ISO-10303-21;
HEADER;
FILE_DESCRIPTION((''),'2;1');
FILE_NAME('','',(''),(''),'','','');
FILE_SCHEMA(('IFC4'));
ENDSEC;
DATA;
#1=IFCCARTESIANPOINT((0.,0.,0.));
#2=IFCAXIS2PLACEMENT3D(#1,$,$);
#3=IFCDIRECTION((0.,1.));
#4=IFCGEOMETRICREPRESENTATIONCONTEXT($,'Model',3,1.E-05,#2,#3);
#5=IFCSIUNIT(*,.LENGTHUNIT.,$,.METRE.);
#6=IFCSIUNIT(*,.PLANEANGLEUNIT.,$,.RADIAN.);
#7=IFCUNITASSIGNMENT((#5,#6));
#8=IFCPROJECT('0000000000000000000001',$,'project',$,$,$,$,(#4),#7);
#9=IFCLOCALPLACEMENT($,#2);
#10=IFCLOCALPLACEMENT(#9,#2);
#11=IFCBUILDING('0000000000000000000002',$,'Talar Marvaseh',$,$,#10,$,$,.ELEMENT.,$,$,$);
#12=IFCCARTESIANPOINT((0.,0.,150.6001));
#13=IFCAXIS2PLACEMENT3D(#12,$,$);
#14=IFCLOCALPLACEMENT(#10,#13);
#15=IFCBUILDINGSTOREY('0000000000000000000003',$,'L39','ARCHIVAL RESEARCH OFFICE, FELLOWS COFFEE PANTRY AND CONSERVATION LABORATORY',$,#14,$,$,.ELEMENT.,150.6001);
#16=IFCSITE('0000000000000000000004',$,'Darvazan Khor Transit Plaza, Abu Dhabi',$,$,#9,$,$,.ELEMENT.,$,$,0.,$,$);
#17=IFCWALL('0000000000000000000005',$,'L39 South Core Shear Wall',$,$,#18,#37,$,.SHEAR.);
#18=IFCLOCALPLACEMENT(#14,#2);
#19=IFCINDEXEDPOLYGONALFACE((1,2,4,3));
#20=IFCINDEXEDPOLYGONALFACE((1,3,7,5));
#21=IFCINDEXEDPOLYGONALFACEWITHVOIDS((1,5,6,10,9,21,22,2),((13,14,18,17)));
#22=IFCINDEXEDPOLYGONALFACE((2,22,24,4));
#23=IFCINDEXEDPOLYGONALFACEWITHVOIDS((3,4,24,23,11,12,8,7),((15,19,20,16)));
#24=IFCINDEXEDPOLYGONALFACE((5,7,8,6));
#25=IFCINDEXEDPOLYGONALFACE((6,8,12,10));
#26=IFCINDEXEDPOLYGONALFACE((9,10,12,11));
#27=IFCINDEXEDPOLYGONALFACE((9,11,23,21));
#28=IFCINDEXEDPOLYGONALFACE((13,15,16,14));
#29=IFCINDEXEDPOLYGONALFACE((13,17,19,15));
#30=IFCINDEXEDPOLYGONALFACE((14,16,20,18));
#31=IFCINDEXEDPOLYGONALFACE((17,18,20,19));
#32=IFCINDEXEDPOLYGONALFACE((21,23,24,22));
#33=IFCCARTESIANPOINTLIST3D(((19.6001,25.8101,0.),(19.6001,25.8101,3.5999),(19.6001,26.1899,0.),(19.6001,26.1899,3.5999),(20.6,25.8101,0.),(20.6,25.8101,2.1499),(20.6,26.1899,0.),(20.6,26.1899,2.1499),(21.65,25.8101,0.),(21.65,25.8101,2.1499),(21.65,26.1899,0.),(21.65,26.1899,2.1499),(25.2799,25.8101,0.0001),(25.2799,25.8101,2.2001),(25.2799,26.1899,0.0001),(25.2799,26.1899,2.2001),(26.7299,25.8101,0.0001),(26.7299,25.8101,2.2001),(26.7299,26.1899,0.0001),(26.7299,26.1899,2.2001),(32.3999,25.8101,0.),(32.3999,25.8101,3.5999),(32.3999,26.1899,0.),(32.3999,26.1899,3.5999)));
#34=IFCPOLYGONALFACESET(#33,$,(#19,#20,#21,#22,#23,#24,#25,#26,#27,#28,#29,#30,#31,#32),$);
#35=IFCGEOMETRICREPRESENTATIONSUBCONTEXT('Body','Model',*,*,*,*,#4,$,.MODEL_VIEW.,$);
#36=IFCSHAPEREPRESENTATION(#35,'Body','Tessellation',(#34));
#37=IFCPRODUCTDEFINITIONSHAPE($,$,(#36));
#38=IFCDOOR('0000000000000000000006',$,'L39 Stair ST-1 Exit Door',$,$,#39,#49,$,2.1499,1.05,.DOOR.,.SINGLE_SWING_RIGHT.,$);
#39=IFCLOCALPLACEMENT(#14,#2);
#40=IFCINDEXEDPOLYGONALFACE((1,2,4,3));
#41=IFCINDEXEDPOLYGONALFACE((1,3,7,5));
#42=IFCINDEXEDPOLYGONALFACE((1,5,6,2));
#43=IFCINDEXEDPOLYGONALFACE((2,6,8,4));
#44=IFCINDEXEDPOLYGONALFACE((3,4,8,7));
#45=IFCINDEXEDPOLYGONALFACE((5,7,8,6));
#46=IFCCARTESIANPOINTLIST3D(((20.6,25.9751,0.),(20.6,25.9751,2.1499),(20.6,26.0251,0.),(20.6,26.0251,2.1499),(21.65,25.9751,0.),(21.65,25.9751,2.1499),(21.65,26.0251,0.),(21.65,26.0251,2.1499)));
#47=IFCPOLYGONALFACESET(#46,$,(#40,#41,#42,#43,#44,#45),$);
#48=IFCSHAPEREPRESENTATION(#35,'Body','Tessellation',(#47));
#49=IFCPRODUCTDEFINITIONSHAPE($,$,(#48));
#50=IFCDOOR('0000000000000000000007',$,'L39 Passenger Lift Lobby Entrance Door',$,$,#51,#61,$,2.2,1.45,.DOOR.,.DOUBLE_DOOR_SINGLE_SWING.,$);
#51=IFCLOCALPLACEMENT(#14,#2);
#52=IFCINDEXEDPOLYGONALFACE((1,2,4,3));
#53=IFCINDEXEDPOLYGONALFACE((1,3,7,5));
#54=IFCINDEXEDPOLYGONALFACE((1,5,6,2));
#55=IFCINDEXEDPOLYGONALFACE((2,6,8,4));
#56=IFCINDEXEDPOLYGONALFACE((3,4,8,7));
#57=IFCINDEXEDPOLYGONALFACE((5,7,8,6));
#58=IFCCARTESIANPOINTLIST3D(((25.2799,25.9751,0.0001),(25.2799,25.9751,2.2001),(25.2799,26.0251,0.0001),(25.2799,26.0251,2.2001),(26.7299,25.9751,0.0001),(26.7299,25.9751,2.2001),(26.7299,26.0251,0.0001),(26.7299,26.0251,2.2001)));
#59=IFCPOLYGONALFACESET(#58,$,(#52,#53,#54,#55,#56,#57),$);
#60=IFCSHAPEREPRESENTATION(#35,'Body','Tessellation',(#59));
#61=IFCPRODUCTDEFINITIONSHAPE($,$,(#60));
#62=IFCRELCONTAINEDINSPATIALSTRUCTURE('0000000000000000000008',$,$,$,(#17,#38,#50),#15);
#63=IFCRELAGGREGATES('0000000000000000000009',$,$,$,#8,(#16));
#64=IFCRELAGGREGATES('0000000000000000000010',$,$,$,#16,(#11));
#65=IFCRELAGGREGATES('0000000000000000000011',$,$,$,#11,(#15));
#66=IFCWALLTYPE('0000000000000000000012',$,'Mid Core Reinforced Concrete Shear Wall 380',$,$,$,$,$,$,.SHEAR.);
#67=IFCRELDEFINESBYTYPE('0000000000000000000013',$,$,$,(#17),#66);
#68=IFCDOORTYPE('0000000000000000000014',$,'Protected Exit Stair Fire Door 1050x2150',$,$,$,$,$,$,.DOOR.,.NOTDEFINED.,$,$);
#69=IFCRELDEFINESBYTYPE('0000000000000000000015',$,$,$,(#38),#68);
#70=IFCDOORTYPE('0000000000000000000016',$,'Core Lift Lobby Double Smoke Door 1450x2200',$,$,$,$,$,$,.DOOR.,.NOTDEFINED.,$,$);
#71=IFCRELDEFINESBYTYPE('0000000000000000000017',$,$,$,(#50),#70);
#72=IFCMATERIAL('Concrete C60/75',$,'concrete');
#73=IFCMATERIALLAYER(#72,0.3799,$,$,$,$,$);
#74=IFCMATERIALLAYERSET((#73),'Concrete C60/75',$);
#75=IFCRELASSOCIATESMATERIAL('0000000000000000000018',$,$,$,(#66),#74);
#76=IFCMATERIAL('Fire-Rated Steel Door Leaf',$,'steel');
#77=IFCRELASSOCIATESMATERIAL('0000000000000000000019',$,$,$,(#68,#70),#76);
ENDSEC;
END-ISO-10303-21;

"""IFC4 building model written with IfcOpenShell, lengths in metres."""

from ifc_helpers import new_model, si_unit, direction, frame, frame_2d, origin, place, context, subcontext, project, spatial, rectangle, extrude, source, transform, mapped, material, layer, layer_set, type_object, type_shapes, element, fill, save


model = new_model("IFC4")

# Units and contexts
model_context = context("Model", 3, precision=1e-05, world=origin(), true_north=direction((0.0, 1.0)))
body_context = subcontext(model_context, "Body", "Model", "MODEL_VIEW")
ifc_project = project(units=[si_unit("LENGTHUNIT", "METRE"), si_unit("PLANEANGLEUNIT", "RADIAN")], contexts=[model_context])

# Site, building, storey
site_placement = place(None, origin())
site = spatial("IfcSite", under=ifc_project, at=site_placement, Name="Darvazan Khor Transit Plaza, Abu Dhabi", CompositionType="ELEMENT", RefElevation=0.0)
building_placement = place(site_placement, origin())
building = spatial("IfcBuilding", under=site, at=building_placement, Name="Talar Marvaseh", CompositionType="ELEMENT")
storey_placement = place(building_placement, frame((0.0, 0.0, 150.6001)))
storey = spatial("IfcBuildingStorey", under=building, at=storey_placement, Name="L39", Description="ARCHIVAL RESEARCH OFFICE, FELLOWS COFFEE PANTRY AND CONSERVATION LABORATORY", CompositionType="ELEMENT", Elevation=150.6001)

# Shared definitions
ifc_material_1 = material(Name="Concrete C60/75", Category="concrete")

# Wall, openings, doors
ifc_layer_1 = layer(ifc_material_1, 0.3799)
ifc_layer_set_1 = layer_set([ifc_layer_1], Name="Concrete C60/75")
wall_type_1 = type_object("IfcWallType", Name="Mid Core Reinforced Concrete Shear Wall 380", PredefinedType="SHEAR", material=ifc_layer_set_1)
wall_1_placement = place(storey_placement, frame((32.3999, 26.0, 0.0), z_axis=(0.0, 0.0, 1.0), x_axis=(-1.0, 0.0, 0.0)))
wall_1 = element("IfcWall", 1, at=wall_1_placement, inside=storey, type_object=wall_type_1, Name="L39 South Core Shear Wall", PredefinedType="SHEAR", context=body_context, shape_type="SweptSolid", body=[
    extrude(rectangle(XDim=12.7998, YDim=0.3799, at=frame_2d((6.3999, 0.0))), origin(), (0.0, 0.0, 1.0), 3.5999),
])
opening_1_placement = place(wall_1_placement, frame((10.75, 0.0, 0.0)))
opening_1 = element("IfcOpeningElement", 2, at=opening_1_placement, cuts=wall_1, PredefinedType="OPENING", context=body_context, shape_type="SweptSolid", body=[
    extrude(rectangle(XDim=1.05, YDim=2.1499, at=frame_2d((0.5249, 1.075))), frame((0.0, 0.2, 0.0), z_axis=(0.0, -1.0, 0.0), x_axis=(1.0, 0.0, 0.0)), (0.0, 0.0, 1.0), 0.3999),
])
opening_2_placement = place(wall_1_placement, frame((5.6699, 0.0, 0.0)))
opening_2 = element("IfcOpeningElement", 3, at=opening_2_placement, cuts=wall_1, PredefinedType="OPENING", context=body_context, shape_type="SweptSolid", body=[
    extrude(rectangle(XDim=1.45, YDim=2.2, at=frame_2d((0.7251, 1.1001))), frame((0.0, 0.2, 0.0), z_axis=(0.0, -1.0, 0.0), x_axis=(1.0, 0.0, 0.0)), (0.0, 0.0, 1.0), 0.3999),
])
ifc_material_2 = material(Name="Fire-Rated Steel Door Leaf", Category="steel")
door_type_1 = type_object("IfcDoorType", Name="Protected Exit Stair Fire Door 1050x2150", OperationType="NOTDEFINED", PredefinedType="DOOR", material=ifc_material_2)
shared_shape_1 = source(origin(), body_context, "Body", "SweptSolid", [
    extrude(rectangle(XDim=1.05, YDim=2.1499, at=frame_2d((0.5249, 1.075))), frame((0.0, 0.0249, 0.0), z_axis=(0.0, -1.0, 0.0), x_axis=(1.0, 0.0, 0.0)), (0.0, 0.0, 1.0), 0.05),
])
type_shapes(door_type_1, [shared_shape_1])
door_1_placement = place(opening_1_placement, origin())
door_1 = element("IfcDoor", 4, at=door_1_placement, inside=storey, type_object=door_type_1, Name="L39 Stair ST-1 Exit Door", OperationType="SINGLE_SWING_RIGHT", OverallHeight=2.1499, OverallWidth=1.05, PredefinedType="DOOR", context=body_context, shape_type="MappedRepresentation", body=[
    mapped(shared_shape_1, transform((0.0, 0.0, 0.0), x_axis=(1.0, 0.0, 0.0), y_axis=(0.0, 1.0, 0.0), z_axis=(0.0, 0.0, 1.0), scale=1.0)),
])
fill(opening_1, door_1)
door_type_2 = type_object("IfcDoorType", Name="Core Lift Lobby Double Smoke Door 1450x2200", OperationType="NOTDEFINED", PredefinedType="DOOR", material=ifc_material_2)
shared_shape_2 = source(origin(), body_context, "Body", "SweptSolid", [
    extrude(rectangle(XDim=1.45, YDim=2.2, at=frame_2d((0.7251, 1.1001))), frame((0.0, 0.0249, 0.0), z_axis=(0.0, -1.0, 0.0), x_axis=(1.0, 0.0, 0.0)), (0.0, 0.0, 1.0), 0.05),
])
type_shapes(door_type_2, [shared_shape_2])
door_2_placement = place(opening_2_placement, origin())
door_2 = element("IfcDoor", 5, at=door_2_placement, inside=storey, type_object=door_type_2, Name="L39 Passenger Lift Lobby Entrance Door", OperationType="DOUBLE_DOOR_SINGLE_SWING", OverallHeight=2.2, OverallWidth=1.45, PredefinedType="DOOR", context=body_context, shape_type="MappedRepresentation", body=[
    mapped(shared_shape_2, transform((0.0, 0.0, 0.0), x_axis=(1.0, 0.0, 0.0), y_axis=(0.0, 1.0, 0.0), z_axis=(0.0, 0.0, 1.0), scale=1.0)),
])
fill(opening_2, door_2)

save(model, "model.ifc")
